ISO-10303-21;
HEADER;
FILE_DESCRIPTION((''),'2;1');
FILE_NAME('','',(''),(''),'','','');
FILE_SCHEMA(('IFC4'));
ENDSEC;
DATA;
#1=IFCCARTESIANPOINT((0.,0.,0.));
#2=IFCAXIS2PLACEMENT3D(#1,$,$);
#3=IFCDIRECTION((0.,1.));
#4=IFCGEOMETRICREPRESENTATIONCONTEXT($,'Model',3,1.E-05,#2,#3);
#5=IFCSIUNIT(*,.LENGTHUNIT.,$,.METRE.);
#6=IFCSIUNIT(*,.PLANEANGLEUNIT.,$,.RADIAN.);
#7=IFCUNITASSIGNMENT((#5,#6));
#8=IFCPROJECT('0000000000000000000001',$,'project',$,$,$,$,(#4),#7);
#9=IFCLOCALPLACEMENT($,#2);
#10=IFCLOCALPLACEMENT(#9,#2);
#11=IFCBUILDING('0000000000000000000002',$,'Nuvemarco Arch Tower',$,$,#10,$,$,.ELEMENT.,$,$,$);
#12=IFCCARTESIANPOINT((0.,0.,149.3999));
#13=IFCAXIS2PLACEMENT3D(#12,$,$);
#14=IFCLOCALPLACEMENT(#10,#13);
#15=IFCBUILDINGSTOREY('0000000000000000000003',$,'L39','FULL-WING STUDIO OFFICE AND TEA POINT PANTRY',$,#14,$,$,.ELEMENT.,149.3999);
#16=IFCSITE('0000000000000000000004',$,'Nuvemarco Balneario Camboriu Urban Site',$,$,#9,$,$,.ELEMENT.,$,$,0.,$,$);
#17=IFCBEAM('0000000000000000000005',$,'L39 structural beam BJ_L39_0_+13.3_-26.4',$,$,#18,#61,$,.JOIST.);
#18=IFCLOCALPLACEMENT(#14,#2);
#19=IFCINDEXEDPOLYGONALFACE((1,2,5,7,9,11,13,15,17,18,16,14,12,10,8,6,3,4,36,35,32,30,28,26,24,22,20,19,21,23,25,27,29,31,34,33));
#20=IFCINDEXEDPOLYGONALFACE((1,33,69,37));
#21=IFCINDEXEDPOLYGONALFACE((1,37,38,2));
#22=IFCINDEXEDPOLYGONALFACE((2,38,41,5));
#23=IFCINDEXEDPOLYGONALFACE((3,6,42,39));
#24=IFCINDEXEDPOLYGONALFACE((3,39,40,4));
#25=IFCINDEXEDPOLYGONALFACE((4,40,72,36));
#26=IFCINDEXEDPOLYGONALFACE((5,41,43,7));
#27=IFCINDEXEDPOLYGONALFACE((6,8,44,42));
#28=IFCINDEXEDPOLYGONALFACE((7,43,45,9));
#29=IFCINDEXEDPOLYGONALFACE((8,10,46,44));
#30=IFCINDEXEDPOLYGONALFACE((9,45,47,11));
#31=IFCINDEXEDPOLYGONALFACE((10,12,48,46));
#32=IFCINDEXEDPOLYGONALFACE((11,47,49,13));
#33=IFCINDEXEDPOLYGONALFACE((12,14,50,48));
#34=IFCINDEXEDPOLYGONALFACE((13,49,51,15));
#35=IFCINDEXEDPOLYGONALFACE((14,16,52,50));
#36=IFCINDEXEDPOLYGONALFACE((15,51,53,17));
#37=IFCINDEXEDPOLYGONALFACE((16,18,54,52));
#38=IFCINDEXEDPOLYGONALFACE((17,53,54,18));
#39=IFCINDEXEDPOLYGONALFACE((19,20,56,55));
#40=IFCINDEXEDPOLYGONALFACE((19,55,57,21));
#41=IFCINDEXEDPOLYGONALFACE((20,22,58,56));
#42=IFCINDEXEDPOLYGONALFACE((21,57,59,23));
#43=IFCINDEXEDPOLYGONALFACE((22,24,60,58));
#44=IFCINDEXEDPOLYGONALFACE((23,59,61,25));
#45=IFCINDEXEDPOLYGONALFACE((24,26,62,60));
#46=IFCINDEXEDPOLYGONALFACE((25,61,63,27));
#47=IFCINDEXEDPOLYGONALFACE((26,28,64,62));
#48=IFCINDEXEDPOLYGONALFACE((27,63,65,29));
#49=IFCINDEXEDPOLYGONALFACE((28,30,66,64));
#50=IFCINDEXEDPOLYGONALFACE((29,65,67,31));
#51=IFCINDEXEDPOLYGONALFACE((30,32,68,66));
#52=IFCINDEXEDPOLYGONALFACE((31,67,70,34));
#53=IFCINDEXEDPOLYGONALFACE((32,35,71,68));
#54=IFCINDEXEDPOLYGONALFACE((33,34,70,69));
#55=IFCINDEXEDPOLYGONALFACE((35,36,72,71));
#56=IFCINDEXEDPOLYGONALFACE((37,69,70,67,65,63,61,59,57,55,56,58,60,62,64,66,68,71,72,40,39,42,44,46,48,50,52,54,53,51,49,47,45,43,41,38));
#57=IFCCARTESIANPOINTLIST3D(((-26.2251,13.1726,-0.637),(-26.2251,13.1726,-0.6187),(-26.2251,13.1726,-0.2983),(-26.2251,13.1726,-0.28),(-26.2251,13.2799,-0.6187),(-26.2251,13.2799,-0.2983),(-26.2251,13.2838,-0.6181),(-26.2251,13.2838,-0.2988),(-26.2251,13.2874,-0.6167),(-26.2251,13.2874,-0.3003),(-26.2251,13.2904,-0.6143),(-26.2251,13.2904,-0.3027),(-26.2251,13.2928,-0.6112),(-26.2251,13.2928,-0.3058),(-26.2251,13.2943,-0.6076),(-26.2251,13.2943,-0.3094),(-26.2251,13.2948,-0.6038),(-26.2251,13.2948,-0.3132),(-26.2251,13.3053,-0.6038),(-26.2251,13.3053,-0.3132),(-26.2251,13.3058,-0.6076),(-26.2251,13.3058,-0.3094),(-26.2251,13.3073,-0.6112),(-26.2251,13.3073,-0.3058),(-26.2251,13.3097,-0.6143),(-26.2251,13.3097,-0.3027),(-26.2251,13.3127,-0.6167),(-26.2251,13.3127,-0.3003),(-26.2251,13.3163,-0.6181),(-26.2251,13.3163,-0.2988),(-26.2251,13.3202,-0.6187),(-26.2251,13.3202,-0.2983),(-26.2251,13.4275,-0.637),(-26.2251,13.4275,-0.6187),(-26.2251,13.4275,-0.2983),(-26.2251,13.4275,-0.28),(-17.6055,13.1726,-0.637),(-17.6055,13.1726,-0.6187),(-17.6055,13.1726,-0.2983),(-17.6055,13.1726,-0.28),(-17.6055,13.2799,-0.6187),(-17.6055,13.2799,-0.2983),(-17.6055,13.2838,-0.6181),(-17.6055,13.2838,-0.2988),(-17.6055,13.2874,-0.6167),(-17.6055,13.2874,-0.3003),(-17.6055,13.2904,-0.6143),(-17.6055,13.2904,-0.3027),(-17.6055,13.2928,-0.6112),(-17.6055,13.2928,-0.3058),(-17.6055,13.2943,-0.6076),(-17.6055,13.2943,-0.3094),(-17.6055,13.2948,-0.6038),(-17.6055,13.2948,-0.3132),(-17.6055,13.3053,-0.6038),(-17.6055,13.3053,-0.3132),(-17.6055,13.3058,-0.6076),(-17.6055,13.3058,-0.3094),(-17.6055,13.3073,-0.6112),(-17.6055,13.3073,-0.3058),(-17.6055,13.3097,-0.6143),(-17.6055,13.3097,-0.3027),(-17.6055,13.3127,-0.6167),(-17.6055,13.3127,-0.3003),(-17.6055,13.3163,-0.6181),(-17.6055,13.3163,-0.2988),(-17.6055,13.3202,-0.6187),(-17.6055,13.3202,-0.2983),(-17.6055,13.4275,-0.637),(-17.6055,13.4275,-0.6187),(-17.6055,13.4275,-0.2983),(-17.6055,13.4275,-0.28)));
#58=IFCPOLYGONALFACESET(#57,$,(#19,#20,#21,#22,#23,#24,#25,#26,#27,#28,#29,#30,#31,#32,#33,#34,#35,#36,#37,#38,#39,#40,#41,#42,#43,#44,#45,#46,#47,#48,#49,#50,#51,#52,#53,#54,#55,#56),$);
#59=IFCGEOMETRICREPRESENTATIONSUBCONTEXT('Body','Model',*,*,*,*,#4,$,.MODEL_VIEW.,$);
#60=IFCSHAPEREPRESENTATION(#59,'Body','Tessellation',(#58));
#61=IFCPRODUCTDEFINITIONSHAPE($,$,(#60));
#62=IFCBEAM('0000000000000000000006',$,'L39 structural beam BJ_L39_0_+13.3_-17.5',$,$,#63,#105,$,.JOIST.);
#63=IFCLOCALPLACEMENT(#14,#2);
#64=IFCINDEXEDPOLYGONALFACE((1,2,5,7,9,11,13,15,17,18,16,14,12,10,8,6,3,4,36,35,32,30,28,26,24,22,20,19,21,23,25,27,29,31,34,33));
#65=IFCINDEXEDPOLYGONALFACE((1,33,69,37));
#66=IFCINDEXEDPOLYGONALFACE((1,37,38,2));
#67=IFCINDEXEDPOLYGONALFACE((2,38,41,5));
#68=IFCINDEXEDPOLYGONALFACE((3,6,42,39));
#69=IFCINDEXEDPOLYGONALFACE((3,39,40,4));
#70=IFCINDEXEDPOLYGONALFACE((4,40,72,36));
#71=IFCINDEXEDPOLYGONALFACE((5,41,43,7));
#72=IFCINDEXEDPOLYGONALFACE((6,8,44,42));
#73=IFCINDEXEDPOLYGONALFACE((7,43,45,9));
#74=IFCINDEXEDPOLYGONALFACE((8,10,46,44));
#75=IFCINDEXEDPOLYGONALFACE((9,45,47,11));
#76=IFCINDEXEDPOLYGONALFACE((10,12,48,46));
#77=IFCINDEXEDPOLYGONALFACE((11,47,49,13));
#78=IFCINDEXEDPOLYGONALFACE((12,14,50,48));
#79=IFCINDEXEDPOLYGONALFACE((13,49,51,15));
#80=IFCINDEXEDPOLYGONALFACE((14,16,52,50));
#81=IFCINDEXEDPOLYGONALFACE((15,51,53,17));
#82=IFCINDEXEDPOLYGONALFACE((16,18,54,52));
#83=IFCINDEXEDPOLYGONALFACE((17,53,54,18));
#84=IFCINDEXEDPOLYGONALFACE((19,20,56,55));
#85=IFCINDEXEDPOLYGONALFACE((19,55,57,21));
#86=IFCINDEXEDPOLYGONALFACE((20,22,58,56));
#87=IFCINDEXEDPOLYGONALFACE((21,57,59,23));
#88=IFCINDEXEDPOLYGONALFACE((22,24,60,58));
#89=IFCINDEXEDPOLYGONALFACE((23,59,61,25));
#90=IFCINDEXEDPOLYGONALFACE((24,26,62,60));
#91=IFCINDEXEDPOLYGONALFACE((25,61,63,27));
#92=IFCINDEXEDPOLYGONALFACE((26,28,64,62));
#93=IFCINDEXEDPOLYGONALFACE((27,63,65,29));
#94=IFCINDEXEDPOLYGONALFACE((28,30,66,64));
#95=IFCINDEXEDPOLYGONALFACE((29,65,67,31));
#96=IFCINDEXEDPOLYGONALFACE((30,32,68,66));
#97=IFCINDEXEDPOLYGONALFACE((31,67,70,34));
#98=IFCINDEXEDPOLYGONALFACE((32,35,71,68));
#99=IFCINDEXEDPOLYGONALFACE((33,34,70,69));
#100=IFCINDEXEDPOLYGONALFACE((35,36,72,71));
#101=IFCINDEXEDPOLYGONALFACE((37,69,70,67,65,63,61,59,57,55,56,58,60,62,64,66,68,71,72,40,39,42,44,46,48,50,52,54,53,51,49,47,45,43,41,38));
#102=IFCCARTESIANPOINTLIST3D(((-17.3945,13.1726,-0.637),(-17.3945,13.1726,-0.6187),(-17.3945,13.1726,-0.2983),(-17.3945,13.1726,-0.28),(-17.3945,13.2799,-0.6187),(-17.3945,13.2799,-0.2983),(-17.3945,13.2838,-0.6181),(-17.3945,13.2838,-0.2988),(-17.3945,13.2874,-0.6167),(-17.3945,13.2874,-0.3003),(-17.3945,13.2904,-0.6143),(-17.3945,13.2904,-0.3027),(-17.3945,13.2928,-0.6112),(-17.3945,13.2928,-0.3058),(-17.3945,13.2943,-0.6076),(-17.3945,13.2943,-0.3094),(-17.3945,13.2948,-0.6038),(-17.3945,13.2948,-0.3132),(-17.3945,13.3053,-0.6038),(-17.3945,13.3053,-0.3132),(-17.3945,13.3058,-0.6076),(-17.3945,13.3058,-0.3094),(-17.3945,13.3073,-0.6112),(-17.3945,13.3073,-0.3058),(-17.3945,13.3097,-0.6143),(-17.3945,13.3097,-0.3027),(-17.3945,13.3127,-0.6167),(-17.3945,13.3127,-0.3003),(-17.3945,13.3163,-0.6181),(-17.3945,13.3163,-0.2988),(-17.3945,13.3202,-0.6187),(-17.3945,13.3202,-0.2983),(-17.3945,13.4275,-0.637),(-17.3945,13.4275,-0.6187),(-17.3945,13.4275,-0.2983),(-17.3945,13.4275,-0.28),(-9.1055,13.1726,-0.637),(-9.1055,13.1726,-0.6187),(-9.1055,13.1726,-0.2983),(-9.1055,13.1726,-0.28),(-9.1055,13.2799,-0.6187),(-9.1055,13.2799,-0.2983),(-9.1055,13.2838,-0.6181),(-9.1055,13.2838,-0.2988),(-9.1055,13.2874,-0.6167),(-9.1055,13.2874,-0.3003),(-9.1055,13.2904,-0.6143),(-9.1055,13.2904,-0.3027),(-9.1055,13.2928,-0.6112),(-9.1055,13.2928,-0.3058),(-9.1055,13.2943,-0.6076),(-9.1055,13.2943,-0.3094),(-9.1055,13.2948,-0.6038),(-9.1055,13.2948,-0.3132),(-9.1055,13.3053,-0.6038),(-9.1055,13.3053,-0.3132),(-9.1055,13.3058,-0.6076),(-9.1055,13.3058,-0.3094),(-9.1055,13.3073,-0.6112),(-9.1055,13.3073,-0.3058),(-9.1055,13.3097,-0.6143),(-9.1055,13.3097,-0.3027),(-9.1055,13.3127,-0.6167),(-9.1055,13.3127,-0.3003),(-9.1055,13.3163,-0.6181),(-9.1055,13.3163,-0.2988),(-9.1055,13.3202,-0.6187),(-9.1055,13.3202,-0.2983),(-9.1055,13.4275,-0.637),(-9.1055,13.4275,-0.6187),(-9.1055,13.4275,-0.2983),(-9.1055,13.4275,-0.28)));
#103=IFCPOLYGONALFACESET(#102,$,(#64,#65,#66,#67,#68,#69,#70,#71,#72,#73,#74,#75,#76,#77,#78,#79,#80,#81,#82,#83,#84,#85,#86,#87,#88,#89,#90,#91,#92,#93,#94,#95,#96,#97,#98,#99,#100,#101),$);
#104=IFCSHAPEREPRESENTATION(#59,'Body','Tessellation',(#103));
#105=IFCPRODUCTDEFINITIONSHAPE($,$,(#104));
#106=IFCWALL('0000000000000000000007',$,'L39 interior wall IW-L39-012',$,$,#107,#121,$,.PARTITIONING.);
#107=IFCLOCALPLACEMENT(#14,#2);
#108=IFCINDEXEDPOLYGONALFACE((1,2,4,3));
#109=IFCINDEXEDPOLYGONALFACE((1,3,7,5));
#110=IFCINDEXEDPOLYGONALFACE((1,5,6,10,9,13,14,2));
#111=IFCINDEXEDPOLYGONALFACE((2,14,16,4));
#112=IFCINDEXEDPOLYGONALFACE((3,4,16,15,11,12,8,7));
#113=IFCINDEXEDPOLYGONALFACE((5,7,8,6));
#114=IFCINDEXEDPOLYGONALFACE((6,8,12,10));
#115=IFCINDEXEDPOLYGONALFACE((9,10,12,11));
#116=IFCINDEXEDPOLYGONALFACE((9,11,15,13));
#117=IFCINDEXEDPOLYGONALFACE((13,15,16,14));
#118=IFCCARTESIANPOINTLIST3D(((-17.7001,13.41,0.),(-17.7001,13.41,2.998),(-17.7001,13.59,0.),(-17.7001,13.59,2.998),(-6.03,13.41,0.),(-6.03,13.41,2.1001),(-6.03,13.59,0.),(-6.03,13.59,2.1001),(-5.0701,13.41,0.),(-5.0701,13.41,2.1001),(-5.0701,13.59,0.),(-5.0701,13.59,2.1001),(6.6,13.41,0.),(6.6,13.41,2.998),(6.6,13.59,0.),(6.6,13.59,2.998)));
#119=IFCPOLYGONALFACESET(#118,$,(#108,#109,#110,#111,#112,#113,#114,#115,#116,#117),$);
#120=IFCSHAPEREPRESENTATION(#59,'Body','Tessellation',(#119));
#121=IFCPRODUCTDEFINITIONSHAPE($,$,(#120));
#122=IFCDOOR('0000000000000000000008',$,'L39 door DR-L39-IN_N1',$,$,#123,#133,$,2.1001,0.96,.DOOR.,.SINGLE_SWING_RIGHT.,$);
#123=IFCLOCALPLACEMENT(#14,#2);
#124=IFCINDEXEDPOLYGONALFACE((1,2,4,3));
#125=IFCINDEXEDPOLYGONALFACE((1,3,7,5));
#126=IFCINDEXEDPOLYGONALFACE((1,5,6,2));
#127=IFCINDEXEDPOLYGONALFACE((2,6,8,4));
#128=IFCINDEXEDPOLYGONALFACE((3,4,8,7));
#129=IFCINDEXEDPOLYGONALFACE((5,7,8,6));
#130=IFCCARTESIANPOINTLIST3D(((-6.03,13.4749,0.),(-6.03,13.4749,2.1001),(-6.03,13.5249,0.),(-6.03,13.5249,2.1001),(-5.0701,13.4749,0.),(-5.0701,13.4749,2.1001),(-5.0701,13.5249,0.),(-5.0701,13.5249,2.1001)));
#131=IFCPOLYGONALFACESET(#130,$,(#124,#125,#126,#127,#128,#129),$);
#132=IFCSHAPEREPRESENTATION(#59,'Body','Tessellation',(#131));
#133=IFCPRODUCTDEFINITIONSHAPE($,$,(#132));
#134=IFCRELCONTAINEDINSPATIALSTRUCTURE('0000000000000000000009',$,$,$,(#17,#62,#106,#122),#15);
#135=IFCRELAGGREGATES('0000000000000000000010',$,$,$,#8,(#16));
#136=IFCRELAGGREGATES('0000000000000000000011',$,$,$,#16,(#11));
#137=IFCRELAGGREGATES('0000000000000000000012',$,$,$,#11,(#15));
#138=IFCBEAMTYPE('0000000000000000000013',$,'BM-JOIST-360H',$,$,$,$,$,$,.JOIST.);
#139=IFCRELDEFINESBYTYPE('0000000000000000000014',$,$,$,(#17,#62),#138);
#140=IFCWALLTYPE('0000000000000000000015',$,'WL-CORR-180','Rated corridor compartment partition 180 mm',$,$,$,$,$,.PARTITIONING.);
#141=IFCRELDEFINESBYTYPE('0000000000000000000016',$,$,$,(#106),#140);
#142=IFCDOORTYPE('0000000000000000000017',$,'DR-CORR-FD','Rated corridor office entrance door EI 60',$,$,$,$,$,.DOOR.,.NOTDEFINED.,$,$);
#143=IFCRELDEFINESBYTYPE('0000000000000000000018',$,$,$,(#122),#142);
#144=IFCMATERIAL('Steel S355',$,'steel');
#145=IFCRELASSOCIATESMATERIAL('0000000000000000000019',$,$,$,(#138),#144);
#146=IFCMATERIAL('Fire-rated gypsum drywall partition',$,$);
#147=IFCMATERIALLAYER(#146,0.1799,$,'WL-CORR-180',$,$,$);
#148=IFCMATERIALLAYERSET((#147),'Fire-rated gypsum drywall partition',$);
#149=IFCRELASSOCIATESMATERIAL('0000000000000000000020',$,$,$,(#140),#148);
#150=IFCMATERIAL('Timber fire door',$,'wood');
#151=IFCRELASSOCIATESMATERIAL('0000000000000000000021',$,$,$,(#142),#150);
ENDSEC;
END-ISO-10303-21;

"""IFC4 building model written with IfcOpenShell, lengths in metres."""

from ifc_helpers import new_model, si_unit, direction, frame, frame_2d, origin, origin_2d, place, context, subcontext, project, spatial, rectangle, i_section, extrude, source, transform, mapped, material, layer, layer_set, material_profile, profile_set, type_object, type_shapes, element, fill, save


model = new_model("IFC4")

# Units and contexts
model_context = context("Model", 3, precision=1e-05, world=origin(), true_north=direction((0.0, 1.0)))
body_context = subcontext(model_context, "Body", "Model", "MODEL_VIEW")
ifc_project = project(units=[si_unit("LENGTHUNIT", "METRE"), si_unit("PLANEANGLEUNIT", "RADIAN")], contexts=[model_context])

# Site, building, storey
site_placement = place(None, origin())
site = spatial("IfcSite", under=ifc_project, at=site_placement, Name="Nuvemarco Balneario Camboriu Urban Site", CompositionType="ELEMENT", RefElevation=0.0)
building_placement = place(site_placement, origin())
building = spatial("IfcBuilding", under=site, at=building_placement, Name="Nuvemarco Arch Tower", CompositionType="ELEMENT")
storey_placement = place(building_placement, frame((0.0, 0.0, 149.3999)))
storey = spatial("IfcBuildingStorey", under=building, at=storey_placement, Name="L39", Description="FULL-WING STUDIO OFFICE AND TEA POINT PANTRY", CompositionType="ELEMENT", Elevation=149.3999)

# Shared definitions
ifc_material_1 = material(Name="Steel S355", Category="steel")

# Beams
ifc_material_profile_1 = material_profile(ifc_material_1, i_section(OverallWidth=0.2549, OverallDepth=0.3569, WebThickness=0.0105, FlangeThickness=0.0183, FilletRadius=0.0149, at=origin_2d()), Name="W360x101")
ifc_profile_set_1 = profile_set([ifc_material_profile_1], Name="Steel S355")
beam_type_1 = type_object("IfcBeamType", Name="BM-JOIST-360H", PredefinedType="JOIST", material=ifc_profile_set_1)
beam_1_placement = place(storey_placement, frame((-26.2251, 13.3, -0.4585), z_axis=(1.0, 0.0, 0.0), x_axis=(0.0, 1.0, 0.0)))
element("IfcBeam", 1, at=beam_1_placement, inside=storey, type_object=beam_type_1, Name="L39 structural beam BJ_L39_0_+13.3_-26.4", PredefinedType="JOIST", context=body_context, shape_type="SweptSolid", body=[
    extrude(i_section(OverallWidth=0.2549, OverallDepth=0.3569, WebThickness=0.0105, FlangeThickness=0.0183, FilletRadius=0.0149, at=origin_2d()), origin(), (0.0, 0.0, 1.0), 8.6196),
])
beam_2_placement = place(storey_placement, frame((-17.3945, 13.3, -0.4585), z_axis=(1.0, 0.0, 0.0), x_axis=(0.0, 1.0, 0.0)))
element("IfcBeam", 2, at=beam_2_placement, inside=storey, type_object=beam_type_1, Name="L39 structural beam BJ_L39_0_+13.3_-17.5", PredefinedType="JOIST", context=body_context, shape_type="SweptSolid", body=[
    extrude(i_section(OverallWidth=0.2549, OverallDepth=0.3569, WebThickness=0.0105, FlangeThickness=0.0183, FilletRadius=0.0149, at=origin_2d()), origin(), (0.0, 0.0, 1.0), 8.2891),
])

# Wall, opening, door
ifc_material_2 = material(Name="Fire-rated gypsum drywall partition")
ifc_layer = layer(ifc_material_2, 0.1799, Name="WL-CORR-180")
ifc_layer_set = layer_set([ifc_layer], Name="Fire-rated gypsum drywall partition")
wall_type = type_object("IfcWallType", Name="WL-CORR-180", Description="Rated corridor compartment partition 180 mm", PredefinedType="PARTITIONING", material=ifc_layer_set)
wall_1_placement = place(storey_placement, frame((-17.7, 13.5, 0.0), z_axis=(0.0, 0.0, 1.0), x_axis=(1.0, 0.0, 0.0)))
wall_1 = element("IfcWall", 3, at=wall_1_placement, inside=storey, type_object=wall_type, Name="L39 interior wall IW-L39-012", PredefinedType="PARTITIONING", context=body_context, shape_type="SweptSolid", body=[
    extrude(rectangle(XDim=24.3, YDim=0.1799, at=frame_2d((12.1499, 0.0))), origin(), (0.0, 0.0, 1.0), 2.998),
])
opening_1_placement = place(wall_1_placement, frame((11.6699, 0.0, 0.0)))
opening_1 = element("IfcOpeningElement", 4, at=opening_1_placement, cuts=wall_1, PredefinedType="OPENING", context=body_context, shape_type="SweptSolid", body=[
    extrude(rectangle(XDim=0.96, YDim=2.1001, at=frame_2d((0.48, 1.05))), frame((0.0, 0.0999, 0.0), z_axis=(0.0, -1.0, 0.0), x_axis=(1.0, 0.0, 0.0)), (0.0, 0.0, 1.0), 0.2),
])
ifc_material_3 = material(Name="Timber fire door", Category="wood")
door_type = type_object("IfcDoorType", Name="DR-CORR-FD", Description="Rated corridor office entrance door EI 60", OperationType="NOTDEFINED", PredefinedType="DOOR", material=ifc_material_3)
shared_shape_1 = source(origin(), body_context, "Body", "SweptSolid", [
    extrude(rectangle(XDim=0.96, YDim=2.1001, at=frame_2d((0.48, 1.05))), frame((0.0, 0.0249, 0.0), z_axis=(0.0, -1.0, 0.0), x_axis=(1.0, 0.0, 0.0)), (0.0, 0.0, 1.0), 0.05),
])
type_shapes(door_type, [shared_shape_1])
door_1_placement = place(opening_1_placement, origin())
door_1 = element("IfcDoor", 5, at=door_1_placement, inside=storey, type_object=door_type, Name="L39 door DR-L39-IN_N1", OperationType="SINGLE_SWING_RIGHT", OverallHeight=2.1001, OverallWidth=0.96, PredefinedType="DOOR", context=body_context, shape_type="MappedRepresentation", body=[
    mapped(shared_shape_1, transform((0.0, 0.0, 0.0), scale=1.0)),
])
fill(opening_1, door_1)

save(model, "model.ifc")
